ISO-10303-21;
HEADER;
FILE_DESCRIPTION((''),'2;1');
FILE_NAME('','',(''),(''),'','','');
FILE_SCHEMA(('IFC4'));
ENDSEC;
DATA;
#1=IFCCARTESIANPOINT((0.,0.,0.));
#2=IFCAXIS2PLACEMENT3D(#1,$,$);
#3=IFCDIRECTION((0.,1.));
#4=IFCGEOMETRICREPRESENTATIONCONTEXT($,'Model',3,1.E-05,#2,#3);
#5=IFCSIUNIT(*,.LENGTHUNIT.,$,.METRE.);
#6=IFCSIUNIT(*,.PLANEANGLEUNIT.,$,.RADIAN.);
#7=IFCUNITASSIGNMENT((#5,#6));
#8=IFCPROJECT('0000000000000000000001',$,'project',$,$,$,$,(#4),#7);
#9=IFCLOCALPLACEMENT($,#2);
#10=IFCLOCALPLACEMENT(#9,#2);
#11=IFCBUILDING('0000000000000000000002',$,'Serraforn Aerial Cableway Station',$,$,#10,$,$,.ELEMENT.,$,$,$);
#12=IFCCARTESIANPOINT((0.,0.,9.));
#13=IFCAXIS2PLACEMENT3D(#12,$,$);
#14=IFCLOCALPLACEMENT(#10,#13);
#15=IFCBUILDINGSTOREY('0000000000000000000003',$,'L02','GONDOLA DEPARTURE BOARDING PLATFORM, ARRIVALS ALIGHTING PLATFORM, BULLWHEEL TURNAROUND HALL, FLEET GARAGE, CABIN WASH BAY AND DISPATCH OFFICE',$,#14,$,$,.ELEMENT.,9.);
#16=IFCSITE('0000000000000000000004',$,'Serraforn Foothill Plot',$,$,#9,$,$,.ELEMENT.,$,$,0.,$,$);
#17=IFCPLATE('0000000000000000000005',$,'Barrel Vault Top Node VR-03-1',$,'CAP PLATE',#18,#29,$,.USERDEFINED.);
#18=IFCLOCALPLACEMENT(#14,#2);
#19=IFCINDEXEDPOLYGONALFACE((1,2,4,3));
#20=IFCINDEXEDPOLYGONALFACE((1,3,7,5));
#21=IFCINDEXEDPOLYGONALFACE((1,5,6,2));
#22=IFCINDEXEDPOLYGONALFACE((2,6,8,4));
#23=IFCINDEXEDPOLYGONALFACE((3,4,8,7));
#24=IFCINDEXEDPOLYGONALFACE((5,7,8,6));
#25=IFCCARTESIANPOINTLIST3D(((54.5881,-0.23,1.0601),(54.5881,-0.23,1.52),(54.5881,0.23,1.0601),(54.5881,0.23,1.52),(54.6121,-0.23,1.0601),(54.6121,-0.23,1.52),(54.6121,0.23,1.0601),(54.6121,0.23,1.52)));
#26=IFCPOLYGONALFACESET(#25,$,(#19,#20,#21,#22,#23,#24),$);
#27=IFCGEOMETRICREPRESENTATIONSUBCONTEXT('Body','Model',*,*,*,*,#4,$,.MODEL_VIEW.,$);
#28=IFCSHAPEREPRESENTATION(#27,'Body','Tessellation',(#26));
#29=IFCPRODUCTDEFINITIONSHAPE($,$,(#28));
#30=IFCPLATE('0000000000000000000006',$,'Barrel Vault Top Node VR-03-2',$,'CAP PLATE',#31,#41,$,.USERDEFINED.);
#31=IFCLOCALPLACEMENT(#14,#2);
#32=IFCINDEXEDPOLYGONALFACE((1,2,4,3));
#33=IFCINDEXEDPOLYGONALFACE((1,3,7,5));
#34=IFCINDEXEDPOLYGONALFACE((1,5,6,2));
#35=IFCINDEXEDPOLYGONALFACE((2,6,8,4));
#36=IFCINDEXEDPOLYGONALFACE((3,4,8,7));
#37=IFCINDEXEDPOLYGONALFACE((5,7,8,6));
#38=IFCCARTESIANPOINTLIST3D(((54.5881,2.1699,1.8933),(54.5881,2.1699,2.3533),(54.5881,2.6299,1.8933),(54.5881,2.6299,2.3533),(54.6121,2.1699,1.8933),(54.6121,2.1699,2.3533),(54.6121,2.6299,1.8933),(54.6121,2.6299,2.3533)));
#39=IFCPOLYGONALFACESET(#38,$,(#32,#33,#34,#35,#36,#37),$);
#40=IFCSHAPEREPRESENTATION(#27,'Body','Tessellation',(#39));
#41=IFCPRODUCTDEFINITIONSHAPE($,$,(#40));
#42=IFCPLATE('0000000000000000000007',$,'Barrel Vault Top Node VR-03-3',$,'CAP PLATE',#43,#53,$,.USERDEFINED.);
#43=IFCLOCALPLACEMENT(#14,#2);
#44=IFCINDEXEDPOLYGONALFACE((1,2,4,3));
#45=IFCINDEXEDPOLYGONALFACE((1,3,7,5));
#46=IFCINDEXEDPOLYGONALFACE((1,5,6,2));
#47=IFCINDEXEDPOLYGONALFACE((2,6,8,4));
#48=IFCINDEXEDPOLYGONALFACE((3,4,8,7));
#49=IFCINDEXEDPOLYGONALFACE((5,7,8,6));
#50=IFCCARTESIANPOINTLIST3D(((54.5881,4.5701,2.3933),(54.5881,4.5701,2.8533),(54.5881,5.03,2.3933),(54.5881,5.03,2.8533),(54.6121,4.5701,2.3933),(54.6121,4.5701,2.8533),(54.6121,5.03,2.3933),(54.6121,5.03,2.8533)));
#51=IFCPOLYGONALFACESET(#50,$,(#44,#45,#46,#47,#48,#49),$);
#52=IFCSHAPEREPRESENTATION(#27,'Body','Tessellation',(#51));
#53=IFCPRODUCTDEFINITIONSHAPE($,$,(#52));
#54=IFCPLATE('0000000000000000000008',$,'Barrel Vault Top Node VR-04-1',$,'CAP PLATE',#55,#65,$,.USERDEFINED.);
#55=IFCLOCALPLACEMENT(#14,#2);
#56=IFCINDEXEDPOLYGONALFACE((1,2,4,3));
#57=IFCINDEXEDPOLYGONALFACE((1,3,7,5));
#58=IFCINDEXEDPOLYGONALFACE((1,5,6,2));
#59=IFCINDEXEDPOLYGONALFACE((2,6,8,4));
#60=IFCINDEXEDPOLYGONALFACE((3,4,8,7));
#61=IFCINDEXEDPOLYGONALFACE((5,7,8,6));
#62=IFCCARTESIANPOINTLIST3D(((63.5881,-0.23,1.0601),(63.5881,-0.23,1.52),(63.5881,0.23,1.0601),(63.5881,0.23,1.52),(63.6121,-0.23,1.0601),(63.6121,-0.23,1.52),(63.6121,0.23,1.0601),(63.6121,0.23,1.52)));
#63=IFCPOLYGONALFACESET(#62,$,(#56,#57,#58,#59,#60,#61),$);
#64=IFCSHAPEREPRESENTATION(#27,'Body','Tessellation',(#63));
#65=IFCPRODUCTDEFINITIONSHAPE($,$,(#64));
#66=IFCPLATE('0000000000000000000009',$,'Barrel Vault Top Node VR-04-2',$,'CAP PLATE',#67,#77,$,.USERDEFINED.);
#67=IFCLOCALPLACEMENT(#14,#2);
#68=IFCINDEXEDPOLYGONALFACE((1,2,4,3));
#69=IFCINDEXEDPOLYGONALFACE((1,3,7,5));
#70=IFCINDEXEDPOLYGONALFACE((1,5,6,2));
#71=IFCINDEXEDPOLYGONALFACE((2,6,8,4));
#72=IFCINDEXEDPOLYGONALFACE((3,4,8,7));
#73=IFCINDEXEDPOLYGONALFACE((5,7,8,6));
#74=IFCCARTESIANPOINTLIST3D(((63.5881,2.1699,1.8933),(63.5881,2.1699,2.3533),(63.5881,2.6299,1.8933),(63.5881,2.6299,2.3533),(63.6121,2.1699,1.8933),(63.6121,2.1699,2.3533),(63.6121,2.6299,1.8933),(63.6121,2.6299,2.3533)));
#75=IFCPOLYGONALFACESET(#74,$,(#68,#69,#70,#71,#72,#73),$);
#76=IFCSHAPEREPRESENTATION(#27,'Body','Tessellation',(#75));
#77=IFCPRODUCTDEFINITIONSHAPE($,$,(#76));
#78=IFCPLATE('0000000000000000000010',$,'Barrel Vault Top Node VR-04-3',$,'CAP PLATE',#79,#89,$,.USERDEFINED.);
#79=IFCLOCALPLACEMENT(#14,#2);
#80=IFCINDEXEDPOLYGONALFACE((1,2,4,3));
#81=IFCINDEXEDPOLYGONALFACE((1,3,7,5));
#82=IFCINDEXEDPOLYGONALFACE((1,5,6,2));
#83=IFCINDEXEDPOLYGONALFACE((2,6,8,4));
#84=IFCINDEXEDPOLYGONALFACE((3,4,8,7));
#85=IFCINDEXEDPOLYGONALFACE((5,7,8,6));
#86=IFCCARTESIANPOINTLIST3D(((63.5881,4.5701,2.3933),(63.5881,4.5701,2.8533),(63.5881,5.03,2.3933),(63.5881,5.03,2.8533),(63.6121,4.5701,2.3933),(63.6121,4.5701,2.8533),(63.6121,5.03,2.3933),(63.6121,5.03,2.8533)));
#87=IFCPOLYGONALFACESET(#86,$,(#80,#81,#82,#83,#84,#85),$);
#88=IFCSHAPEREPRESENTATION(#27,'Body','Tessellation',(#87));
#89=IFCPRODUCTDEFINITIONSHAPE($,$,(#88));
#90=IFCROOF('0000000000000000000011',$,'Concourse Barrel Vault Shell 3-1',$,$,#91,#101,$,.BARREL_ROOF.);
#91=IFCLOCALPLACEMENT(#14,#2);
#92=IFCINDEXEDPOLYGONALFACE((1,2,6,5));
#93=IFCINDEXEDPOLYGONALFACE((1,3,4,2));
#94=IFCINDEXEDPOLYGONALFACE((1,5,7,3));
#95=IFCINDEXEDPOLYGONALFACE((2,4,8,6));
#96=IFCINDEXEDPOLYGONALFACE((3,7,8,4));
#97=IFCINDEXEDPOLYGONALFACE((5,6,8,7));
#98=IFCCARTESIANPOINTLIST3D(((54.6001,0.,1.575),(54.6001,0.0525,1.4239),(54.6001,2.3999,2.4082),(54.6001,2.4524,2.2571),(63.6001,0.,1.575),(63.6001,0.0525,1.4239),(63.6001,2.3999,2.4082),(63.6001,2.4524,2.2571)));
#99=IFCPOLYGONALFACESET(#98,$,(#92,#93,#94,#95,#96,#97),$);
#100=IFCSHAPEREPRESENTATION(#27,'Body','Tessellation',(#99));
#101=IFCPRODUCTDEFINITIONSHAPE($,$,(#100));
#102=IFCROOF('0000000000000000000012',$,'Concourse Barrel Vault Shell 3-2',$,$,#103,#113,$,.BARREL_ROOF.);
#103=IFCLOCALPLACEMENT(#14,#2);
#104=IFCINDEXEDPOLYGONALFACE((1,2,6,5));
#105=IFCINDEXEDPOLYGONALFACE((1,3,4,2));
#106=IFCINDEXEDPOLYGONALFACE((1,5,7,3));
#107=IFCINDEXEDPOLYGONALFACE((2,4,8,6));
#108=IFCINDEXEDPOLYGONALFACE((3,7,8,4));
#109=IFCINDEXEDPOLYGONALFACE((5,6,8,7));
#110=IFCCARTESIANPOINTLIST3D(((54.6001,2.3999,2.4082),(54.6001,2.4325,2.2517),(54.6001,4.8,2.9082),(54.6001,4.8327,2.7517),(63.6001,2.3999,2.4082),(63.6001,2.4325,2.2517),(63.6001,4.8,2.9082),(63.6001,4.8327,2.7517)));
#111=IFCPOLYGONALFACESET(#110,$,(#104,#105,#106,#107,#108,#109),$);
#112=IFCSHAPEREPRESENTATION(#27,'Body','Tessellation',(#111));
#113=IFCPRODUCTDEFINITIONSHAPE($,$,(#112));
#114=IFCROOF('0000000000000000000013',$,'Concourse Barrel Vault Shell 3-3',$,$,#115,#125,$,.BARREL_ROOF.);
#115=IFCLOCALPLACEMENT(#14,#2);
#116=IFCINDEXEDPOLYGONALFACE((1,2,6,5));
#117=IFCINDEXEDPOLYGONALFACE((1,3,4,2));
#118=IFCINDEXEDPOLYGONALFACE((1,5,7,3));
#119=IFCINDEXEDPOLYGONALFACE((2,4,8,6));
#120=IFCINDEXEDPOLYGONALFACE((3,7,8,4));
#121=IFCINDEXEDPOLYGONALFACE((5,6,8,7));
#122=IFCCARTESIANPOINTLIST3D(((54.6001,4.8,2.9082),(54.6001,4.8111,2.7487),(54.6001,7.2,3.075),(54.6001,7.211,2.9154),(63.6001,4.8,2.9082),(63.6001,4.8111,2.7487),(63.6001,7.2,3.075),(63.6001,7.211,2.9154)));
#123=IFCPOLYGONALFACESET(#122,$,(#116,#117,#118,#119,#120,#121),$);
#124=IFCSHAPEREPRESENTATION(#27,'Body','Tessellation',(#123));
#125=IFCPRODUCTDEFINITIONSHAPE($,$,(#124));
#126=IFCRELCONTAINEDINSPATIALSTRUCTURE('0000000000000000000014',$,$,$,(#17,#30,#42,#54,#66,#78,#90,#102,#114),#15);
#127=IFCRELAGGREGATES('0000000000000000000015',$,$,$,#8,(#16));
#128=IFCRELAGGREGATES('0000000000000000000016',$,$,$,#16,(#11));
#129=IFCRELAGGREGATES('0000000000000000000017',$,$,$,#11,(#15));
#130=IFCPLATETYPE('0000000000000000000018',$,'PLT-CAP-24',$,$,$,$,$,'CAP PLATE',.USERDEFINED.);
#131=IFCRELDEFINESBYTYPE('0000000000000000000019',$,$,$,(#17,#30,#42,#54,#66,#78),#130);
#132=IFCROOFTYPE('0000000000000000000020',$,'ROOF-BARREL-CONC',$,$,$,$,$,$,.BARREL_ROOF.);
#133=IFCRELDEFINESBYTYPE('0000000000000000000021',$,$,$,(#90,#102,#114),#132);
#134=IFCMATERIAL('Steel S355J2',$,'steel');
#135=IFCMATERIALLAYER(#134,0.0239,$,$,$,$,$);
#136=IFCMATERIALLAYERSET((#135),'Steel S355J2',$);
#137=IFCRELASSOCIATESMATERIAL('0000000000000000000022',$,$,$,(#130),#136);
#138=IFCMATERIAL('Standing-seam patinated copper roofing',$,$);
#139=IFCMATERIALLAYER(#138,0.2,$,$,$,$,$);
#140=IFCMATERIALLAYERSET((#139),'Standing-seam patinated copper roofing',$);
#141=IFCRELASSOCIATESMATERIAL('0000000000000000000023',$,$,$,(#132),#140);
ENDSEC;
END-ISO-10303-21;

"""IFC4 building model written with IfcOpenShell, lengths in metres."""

from ifc_helpers import new_model, si_unit, direction, frame, origin, origin_2d, place, context, subcontext, project, spatial, polyline, rectangle, outline, extrude, material, layer, layer_set, type_object, element, save


model = new_model("IFC4")

# Units and contexts
model_context = context("Model", 3, precision=1e-05, world=origin(), true_north=direction((0.0, 1.0)))
body_context = subcontext(model_context, "Body", "Model", "MODEL_VIEW")
ifc_project = project(units=[si_unit("LENGTHUNIT", "METRE"), si_unit("PLANEANGLEUNIT", "RADIAN")], contexts=[model_context])

# Site, building, storey
site_placement = place(None, origin())
site = spatial("IfcSite", under=ifc_project, at=site_placement, Name="Serraforn Foothill Plot", CompositionType="ELEMENT", RefElevation=0.0)
building_placement = place(site_placement, origin())
building = spatial("IfcBuilding", under=site, at=building_placement, Name="Serraforn Aerial Cableway Station", CompositionType="ELEMENT")
storey_placement = place(building_placement, frame((0.0, 0.0, 9.0)))
storey = spatial("IfcBuildingStorey", under=building, at=storey_placement, Name="L02", Description="GONDOLA DEPARTURE BOARDING PLATFORM, ARRIVALS ALIGHTING PLATFORM, BULLWHEEL TURNAROUND HALL, FLEET GARAGE, CABIN WASH BAY AND DISPATCH OFFICE", CompositionType="ELEMENT", Elevation=9.0)

# Shared definitions
ifc_material_1 = material(Name="Steel S355J2", Category="steel")

# Plates
ifc_layer_1 = layer(ifc_material_1, 0.0239)
ifc_layer_set_1 = layer_set([ifc_layer_1], Name="Steel S355J2")
plate_type_1 = type_object("IfcPlateType", Name="PLT-CAP-24", ElementType="CAP PLATE", PredefinedType="USERDEFINED", material=ifc_layer_set_1)
for number, where, z_axis, x_axis, name in (
    (1, (54.6001, 0.0, 1.0601), (0.0, 0.0, 1.0), (1.0, 0.0, 0.0), "Barrel Vault Top Node VR-03-1"),
    (2, (54.6001, 2.3999, 1.8933), (0.0, 0.0, 1.0), (1.0, 0.0, 0.0), "Barrel Vault Top Node VR-03-2"),
    (3, (54.6001, 4.8, 2.3933), (0.0, 0.0, 1.0), (1.0, 0.0, 0.0), "Barrel Vault Top Node VR-03-3"),
    (4, (63.6001, 0.0, 1.0601), (0.0, 0.0, 1.0), (1.0, 0.0, 0.0), "Barrel Vault Top Node VR-04-1"),
    (5, (63.6001, 2.3999, 1.8933), (0.0, 0.0, 1.0), (1.0, 0.0, 0.0), "Barrel Vault Top Node VR-04-2"),
    (6, (63.6001, 4.8, 2.3933), (0.0, 0.0, 1.0), (1.0, 0.0, 0.0), "Barrel Vault Top Node VR-04-3"),
):
    element("IfcPlate", number, at=place(storey_placement, frame(where, z_axis=z_axis, x_axis=x_axis)), inside=storey, type_object=plate_type_1, Name=name, ObjectType="CAP PLATE", PredefinedType="USERDEFINED", context=body_context, shape_type="SweptSolid", body=[
        extrude(rectangle(XDim=0.0239, YDim=0.46, at=origin_2d()), origin(), (0.0, 0.0, 1.0), 0.46),
    ])

# Roofs
ifc_material_2 = material(Name="Standing-seam patinated copper roofing")
ifc_layer_2 = layer(ifc_material_2, 0.2)
ifc_layer_set_2 = layer_set([ifc_layer_2], Name="Standing-seam patinated copper roofing")
roof_type = type_object("IfcRoofType", Name="ROOF-BARREL-CONC", PredefinedType="BARREL_ROOF", material=ifc_layer_set_2)
roof_1_placement = place(storey_placement, frame((54.6001, 0.0, 1.575), z_axis=(0.0, -0.327995, 0.944679), x_axis=(1.0, 0.0, 0.0)))
element("IfcRoof", 7, at=roof_1_placement, inside=storey, type_object=roof_type, Name="Concourse Barrel Vault Shell 3-1", PredefinedType="BARREL_ROOF", context=body_context, shape_type="SweptSolid", body=[
    extrude(outline(polyline([(0.0, 0.0), (9.0, 0.0), (9.0, 2.5404), (0.0, 2.5404), (0.0, 0.0)])), origin(), (0.0, 0.0, -1.0), 0.1599),
])
roof_2_placement = place(storey_placement, frame((54.6001, 2.3999, 2.4082), z_axis=(0.0, -0.203942, 0.978983), x_axis=(1.0, 0.0, 0.0)))
element("IfcRoof", 8, at=roof_2_placement, inside=storey, type_object=roof_type, Name="Concourse Barrel Vault Shell 3-2", PredefinedType="BARREL_ROOF", context=body_context, shape_type="SweptSolid", body=[
    extrude(outline(polyline([(0.0, 0.0), (9.0, 0.0), (9.0, 2.4517), (0.0, 2.4517), (0.0, 0.0)])), origin(), (0.0, 0.0, -1.0), 0.1599),
])
roof_3_placement = place(storey_placement, frame((54.6001, 4.8, 2.9082), z_axis=(0.0, -0.069314, 0.997595), x_axis=(1.0, 0.0, 0.0)))
element("IfcRoof", 9, at=roof_3_placement, inside=storey, type_object=roof_type, Name="Concourse Barrel Vault Shell 3-3", PredefinedType="BARREL_ROOF", context=body_context, shape_type="SweptSolid", body=[
    extrude(outline(polyline([(0.0, 0.0), (9.0, 0.0), (9.0, 2.4057), (0.0, 2.4057), (0.0, 0.0)])), origin(), (0.0, 0.0, -1.0), 0.1599),
])

save(model, "model.ifc")
